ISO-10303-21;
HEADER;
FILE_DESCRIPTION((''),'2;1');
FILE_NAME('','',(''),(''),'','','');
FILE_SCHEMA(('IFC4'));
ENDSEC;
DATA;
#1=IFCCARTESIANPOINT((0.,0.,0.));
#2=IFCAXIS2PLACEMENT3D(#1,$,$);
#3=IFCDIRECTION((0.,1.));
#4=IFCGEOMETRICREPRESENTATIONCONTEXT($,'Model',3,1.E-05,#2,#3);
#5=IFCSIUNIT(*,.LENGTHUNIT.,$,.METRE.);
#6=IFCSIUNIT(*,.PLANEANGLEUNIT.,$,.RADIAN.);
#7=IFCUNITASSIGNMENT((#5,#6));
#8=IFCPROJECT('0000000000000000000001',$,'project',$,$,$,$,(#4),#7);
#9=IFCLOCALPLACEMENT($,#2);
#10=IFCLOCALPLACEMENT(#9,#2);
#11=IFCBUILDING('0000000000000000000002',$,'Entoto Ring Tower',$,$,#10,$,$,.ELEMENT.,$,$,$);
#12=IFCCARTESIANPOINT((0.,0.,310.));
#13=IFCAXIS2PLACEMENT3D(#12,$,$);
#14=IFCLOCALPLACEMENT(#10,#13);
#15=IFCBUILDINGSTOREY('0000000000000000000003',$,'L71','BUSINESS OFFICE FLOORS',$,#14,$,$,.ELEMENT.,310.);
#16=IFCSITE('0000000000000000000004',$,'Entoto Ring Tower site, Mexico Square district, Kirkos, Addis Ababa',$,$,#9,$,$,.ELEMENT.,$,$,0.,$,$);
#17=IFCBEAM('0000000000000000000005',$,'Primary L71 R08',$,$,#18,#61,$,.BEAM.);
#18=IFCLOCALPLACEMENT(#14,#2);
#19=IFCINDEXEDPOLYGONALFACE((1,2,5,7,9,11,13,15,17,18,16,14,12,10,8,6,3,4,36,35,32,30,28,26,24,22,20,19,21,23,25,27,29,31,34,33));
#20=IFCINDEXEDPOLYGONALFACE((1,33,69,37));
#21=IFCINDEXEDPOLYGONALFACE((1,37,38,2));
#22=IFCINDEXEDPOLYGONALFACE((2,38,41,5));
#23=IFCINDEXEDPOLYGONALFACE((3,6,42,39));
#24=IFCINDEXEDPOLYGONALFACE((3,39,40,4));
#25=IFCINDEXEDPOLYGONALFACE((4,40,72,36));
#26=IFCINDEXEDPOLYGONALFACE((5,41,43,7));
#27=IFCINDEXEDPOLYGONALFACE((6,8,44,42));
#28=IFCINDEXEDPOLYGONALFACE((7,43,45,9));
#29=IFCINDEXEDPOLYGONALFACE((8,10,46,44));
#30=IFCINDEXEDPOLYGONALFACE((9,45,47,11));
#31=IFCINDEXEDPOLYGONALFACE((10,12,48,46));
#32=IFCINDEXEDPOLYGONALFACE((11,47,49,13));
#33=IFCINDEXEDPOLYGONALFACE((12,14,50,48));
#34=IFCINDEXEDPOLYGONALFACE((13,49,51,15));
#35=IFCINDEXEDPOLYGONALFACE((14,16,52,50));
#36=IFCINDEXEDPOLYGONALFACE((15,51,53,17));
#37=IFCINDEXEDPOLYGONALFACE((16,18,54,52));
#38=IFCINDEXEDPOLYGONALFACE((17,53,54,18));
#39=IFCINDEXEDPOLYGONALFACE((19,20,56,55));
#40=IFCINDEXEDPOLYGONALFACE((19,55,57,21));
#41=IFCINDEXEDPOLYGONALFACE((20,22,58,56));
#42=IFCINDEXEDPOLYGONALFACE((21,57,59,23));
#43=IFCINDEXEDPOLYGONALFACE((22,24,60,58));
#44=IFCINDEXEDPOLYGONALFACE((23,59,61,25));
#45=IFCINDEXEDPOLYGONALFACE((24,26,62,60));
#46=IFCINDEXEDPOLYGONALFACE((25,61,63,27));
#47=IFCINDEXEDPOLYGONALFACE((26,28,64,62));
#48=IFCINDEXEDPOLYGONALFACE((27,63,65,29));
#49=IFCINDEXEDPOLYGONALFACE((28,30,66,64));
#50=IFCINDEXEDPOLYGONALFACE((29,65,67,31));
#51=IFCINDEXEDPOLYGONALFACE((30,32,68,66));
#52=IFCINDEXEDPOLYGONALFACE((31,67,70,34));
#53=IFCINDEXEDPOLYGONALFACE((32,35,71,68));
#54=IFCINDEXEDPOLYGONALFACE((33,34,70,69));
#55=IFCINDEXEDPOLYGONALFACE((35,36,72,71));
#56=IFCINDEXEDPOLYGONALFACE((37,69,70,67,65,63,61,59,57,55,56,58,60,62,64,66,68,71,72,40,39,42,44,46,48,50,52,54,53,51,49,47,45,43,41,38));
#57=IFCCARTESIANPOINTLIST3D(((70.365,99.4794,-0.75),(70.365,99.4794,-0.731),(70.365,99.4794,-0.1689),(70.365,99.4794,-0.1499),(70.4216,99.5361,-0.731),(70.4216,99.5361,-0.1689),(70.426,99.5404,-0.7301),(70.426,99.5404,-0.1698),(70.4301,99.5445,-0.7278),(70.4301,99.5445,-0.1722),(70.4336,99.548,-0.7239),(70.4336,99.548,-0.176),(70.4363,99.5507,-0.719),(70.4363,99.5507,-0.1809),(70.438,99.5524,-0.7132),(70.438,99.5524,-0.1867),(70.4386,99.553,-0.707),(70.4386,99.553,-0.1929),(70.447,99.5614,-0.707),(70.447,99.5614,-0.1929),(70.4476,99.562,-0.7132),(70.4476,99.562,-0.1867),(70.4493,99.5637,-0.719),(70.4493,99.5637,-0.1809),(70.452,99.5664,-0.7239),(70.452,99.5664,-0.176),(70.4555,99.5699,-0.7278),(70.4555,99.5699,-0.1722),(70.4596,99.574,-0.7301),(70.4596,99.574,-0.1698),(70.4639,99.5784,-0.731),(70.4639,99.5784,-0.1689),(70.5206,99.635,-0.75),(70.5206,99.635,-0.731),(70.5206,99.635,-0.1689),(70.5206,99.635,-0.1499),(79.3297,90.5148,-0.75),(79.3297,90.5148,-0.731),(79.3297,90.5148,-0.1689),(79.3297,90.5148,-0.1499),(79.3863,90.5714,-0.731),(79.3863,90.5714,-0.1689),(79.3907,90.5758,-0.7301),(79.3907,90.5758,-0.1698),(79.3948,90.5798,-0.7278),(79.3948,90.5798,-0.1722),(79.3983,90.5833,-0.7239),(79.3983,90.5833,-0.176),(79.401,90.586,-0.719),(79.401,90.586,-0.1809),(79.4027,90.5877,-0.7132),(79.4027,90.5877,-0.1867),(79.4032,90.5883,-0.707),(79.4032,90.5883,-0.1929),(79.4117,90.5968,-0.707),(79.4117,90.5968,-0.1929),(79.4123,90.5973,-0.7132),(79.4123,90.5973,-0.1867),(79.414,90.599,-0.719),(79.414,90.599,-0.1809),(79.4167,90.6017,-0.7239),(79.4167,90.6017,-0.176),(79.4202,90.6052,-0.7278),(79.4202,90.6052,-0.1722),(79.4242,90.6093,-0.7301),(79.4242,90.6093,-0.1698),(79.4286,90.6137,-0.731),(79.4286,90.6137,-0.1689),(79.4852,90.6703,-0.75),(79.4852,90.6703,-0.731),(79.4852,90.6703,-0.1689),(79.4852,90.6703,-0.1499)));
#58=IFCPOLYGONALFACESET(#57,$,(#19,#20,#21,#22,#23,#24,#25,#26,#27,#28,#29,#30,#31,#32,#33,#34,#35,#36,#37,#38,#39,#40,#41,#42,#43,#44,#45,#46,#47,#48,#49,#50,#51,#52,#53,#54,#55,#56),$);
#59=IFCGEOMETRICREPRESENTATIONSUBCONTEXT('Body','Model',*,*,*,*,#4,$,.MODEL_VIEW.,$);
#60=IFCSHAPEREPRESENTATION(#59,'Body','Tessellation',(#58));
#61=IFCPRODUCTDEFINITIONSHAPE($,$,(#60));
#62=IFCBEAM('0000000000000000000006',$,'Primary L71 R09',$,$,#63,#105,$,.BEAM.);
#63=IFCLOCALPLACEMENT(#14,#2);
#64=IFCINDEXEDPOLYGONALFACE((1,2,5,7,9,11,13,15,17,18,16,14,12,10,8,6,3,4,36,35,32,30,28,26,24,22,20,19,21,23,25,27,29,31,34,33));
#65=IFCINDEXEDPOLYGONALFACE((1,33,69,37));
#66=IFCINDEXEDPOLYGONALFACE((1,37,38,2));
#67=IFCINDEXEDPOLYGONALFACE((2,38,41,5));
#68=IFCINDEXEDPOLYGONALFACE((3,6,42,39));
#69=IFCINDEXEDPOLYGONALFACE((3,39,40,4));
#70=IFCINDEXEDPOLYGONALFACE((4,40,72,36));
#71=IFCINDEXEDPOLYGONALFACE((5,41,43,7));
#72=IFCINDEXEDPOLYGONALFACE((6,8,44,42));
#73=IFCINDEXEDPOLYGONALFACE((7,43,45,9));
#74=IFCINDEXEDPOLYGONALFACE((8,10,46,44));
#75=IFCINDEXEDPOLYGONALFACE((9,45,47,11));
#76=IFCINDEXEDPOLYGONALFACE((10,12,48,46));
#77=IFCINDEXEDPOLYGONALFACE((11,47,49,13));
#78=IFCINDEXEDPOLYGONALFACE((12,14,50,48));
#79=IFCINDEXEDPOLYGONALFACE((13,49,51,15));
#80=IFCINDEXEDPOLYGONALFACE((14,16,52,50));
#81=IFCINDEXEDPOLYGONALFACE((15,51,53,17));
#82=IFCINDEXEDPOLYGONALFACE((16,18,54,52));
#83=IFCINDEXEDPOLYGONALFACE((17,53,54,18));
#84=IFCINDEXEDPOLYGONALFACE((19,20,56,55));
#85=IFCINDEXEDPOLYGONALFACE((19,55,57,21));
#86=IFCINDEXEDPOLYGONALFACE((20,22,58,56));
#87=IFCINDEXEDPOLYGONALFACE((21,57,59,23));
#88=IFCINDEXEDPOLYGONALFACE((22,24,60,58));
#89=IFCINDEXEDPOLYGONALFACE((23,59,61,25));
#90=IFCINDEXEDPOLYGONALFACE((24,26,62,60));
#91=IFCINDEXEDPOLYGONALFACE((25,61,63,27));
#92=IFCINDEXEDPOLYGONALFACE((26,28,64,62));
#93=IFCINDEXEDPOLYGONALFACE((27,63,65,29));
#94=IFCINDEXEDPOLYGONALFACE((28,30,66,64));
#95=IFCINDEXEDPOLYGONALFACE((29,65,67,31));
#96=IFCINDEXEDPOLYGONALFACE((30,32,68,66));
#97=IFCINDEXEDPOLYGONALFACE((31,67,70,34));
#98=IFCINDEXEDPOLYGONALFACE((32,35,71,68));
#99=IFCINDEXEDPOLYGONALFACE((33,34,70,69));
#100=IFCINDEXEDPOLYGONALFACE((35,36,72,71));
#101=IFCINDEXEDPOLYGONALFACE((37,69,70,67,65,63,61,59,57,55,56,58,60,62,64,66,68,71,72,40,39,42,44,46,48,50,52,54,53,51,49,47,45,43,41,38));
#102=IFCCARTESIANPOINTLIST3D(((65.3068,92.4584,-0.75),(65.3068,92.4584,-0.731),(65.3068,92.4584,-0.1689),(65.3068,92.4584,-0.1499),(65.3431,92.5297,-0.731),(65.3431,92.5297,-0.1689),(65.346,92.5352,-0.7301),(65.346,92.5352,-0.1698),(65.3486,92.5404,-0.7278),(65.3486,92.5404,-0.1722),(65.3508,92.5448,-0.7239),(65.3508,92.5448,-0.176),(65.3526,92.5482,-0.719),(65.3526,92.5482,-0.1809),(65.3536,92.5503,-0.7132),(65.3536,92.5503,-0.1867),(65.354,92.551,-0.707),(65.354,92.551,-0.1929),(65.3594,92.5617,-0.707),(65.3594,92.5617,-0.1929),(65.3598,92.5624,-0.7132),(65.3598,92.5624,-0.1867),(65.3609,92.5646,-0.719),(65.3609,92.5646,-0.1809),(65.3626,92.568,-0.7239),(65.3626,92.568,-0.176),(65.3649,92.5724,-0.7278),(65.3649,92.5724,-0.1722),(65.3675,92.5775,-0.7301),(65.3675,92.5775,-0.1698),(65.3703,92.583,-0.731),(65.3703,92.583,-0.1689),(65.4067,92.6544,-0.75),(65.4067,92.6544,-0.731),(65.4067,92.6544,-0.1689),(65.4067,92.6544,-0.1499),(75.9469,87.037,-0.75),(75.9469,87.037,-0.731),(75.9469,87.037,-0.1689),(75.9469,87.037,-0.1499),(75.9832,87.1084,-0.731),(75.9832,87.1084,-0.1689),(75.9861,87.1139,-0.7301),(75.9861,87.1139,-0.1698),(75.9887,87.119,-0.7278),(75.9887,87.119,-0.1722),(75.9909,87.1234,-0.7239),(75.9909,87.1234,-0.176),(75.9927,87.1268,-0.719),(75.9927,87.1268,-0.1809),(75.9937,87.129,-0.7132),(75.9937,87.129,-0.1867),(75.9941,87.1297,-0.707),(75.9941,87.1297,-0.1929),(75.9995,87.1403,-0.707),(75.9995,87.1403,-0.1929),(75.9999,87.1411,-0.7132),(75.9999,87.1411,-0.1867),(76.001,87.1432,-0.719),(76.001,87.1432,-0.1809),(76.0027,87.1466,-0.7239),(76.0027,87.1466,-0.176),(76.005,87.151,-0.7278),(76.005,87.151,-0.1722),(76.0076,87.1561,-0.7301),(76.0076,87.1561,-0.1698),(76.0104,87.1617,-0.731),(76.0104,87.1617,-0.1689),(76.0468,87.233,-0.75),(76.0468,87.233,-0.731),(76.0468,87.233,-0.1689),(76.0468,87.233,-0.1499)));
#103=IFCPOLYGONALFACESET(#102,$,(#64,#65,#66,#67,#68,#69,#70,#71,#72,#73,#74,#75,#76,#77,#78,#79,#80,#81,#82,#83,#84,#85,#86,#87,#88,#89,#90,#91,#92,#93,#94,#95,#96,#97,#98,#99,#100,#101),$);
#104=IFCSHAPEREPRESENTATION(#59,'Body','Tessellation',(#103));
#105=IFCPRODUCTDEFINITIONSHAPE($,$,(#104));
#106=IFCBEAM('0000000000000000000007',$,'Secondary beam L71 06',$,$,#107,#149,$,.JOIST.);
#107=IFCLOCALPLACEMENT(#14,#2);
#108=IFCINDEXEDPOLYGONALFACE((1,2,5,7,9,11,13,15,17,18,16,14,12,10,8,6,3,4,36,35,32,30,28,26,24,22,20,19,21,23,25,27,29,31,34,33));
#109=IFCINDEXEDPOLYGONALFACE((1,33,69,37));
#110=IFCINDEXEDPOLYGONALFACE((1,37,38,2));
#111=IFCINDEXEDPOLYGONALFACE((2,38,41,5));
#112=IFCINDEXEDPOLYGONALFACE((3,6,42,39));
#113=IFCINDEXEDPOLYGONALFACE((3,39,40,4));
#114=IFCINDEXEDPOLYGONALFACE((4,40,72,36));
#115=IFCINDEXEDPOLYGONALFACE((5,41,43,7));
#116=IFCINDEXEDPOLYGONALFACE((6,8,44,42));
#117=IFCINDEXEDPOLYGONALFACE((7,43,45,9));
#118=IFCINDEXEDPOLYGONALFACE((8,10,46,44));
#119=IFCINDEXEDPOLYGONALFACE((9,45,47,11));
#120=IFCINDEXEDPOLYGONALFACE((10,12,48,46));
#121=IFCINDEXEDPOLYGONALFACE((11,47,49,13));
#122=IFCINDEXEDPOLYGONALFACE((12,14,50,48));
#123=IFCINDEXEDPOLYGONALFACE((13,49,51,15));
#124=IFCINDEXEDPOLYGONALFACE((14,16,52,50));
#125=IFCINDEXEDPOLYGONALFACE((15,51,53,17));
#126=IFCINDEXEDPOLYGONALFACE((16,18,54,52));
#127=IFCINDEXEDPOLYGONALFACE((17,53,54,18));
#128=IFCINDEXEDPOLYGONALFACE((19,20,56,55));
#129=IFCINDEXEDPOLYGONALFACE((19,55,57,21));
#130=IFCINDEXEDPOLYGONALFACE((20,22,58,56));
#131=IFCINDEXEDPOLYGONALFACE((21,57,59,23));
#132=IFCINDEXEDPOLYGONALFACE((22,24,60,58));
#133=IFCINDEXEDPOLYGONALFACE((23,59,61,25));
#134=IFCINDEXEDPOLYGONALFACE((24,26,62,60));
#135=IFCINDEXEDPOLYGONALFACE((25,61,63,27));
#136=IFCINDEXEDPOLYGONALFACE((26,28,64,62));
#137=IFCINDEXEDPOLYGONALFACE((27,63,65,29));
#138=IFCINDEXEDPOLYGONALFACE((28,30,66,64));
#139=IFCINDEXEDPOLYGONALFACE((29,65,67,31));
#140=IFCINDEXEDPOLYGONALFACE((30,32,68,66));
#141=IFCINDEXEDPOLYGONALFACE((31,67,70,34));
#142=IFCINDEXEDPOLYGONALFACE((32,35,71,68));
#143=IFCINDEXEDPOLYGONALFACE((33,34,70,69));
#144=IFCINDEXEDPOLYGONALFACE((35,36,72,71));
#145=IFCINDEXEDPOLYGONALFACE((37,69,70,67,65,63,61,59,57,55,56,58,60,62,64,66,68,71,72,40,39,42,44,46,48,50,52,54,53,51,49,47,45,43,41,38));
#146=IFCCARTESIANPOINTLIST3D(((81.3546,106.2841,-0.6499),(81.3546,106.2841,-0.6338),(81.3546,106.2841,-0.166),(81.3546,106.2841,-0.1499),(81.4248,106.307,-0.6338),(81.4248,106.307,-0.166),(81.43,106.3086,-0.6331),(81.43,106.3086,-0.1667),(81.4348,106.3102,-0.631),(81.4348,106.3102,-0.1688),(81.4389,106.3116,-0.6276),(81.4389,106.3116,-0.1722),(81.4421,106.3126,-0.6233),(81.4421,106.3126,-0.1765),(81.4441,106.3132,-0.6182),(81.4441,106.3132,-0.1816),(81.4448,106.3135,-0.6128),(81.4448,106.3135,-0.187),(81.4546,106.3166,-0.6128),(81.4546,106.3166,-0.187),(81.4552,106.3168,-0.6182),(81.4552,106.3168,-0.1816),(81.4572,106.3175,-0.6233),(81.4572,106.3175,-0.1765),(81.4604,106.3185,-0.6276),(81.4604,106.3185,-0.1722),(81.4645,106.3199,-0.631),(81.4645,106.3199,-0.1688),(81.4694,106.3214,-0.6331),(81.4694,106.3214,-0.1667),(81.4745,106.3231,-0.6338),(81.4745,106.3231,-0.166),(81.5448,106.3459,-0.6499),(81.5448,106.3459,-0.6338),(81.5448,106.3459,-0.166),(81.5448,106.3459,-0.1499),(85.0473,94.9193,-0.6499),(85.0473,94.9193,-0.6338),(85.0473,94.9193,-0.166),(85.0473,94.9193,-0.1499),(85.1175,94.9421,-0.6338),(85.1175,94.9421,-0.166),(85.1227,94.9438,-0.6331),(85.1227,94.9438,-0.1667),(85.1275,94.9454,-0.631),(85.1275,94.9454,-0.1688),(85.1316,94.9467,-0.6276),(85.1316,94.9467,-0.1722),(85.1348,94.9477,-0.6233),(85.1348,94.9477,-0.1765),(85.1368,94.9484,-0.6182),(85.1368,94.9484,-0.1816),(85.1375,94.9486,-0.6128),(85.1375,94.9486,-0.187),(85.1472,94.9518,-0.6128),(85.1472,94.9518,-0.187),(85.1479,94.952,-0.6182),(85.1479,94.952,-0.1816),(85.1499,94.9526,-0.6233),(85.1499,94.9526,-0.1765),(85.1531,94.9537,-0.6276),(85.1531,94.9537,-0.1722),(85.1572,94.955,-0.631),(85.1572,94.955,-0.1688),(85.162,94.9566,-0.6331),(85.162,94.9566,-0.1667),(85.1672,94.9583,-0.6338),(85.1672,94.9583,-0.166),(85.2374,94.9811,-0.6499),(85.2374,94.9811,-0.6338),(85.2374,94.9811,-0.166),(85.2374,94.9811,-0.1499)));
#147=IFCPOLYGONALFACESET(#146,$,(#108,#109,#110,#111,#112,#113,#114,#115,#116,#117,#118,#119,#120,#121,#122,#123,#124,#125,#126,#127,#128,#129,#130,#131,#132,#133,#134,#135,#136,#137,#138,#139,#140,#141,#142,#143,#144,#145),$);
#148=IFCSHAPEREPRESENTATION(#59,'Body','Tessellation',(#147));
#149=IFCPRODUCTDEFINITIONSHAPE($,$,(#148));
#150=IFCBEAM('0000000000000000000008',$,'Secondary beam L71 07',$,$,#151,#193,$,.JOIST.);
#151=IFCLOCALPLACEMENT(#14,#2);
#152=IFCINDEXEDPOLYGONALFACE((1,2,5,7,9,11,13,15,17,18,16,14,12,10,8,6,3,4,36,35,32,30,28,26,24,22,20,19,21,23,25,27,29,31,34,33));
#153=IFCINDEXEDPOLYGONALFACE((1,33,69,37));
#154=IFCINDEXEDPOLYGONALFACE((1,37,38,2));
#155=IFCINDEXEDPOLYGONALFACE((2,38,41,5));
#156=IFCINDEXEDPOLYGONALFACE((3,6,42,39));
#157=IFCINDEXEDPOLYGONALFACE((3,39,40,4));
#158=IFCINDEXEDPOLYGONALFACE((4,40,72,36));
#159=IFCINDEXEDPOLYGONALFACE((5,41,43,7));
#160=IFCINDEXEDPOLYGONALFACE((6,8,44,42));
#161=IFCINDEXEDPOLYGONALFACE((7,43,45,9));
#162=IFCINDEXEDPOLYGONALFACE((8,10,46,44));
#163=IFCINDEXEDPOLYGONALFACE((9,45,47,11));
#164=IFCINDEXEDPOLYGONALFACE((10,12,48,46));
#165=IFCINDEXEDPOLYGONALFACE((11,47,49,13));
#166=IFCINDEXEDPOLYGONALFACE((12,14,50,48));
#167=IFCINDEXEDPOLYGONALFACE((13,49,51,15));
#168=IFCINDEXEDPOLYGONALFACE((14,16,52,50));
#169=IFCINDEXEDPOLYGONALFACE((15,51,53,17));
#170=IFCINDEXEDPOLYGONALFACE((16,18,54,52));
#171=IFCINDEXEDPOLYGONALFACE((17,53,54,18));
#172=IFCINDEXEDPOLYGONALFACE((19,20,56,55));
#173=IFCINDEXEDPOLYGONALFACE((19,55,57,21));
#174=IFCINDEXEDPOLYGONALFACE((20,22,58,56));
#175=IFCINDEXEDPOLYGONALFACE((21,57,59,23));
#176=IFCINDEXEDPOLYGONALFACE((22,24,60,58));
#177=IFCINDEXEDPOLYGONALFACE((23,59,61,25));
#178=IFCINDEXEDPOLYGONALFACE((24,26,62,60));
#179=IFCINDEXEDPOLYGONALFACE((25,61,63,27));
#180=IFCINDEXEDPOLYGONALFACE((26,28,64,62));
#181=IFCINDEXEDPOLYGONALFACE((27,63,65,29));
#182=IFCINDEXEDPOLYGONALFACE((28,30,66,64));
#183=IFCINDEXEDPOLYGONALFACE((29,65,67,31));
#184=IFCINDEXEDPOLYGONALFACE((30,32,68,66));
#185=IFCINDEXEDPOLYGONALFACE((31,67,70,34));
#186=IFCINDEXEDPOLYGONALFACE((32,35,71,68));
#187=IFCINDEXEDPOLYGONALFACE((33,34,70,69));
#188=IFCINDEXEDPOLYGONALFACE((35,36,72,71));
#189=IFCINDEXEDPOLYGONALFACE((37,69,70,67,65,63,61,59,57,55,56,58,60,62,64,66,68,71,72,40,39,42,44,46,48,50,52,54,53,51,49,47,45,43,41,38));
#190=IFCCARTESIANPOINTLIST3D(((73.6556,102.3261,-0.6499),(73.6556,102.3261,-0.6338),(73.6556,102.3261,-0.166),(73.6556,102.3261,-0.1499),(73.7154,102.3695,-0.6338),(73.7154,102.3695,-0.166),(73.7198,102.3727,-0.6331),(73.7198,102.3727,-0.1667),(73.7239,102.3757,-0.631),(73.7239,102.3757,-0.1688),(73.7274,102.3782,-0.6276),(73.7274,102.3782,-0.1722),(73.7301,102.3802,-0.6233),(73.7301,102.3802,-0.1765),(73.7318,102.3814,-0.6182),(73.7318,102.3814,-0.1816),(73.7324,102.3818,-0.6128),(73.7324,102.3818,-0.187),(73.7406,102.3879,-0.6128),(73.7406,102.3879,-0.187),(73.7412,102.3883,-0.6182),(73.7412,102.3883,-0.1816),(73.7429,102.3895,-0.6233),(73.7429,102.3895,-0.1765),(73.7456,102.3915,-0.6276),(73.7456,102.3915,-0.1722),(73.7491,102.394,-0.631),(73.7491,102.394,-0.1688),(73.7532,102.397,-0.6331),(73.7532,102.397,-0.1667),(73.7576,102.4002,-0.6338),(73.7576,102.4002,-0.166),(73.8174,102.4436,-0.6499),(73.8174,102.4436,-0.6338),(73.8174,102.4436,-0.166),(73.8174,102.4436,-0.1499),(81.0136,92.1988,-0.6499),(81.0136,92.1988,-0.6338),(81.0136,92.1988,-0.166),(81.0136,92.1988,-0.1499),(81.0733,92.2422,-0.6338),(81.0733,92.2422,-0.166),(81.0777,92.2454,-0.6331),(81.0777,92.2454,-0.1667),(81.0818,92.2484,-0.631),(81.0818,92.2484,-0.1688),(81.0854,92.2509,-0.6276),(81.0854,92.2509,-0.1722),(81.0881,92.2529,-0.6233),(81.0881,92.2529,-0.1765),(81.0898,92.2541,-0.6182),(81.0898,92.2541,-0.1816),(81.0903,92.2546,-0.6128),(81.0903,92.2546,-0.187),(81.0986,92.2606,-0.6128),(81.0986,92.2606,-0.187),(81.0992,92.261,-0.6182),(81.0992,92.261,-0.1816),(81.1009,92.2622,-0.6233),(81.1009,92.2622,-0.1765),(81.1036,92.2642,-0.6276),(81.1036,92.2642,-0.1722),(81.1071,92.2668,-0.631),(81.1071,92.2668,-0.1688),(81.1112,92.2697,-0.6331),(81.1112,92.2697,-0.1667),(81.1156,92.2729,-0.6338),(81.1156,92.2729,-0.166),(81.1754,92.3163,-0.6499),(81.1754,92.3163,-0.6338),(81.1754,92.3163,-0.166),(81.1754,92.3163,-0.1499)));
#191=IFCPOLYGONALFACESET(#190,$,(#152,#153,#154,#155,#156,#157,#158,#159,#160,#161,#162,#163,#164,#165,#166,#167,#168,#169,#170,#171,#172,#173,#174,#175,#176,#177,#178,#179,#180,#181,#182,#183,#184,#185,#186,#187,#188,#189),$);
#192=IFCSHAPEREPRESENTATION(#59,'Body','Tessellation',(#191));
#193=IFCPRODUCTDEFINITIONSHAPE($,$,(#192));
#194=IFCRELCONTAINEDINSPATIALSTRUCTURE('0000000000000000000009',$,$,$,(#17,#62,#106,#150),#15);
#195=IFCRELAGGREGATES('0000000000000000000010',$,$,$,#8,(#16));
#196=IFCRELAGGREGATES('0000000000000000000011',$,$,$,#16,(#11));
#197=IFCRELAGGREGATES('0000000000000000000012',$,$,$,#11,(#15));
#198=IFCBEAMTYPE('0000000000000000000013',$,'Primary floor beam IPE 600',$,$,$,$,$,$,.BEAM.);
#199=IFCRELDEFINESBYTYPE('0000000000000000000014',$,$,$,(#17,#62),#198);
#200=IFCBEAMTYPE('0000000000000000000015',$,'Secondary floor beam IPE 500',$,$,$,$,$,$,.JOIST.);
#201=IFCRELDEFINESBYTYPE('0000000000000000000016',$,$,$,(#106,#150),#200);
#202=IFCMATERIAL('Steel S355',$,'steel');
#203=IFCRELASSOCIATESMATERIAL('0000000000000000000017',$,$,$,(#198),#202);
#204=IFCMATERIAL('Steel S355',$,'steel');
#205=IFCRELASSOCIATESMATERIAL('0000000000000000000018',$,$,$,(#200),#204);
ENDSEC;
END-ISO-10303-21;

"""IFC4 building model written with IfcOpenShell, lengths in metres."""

from ifc_helpers import new_model, si_unit, direction, frame, origin, origin_2d, place, context, subcontext, project, spatial, i_section, extrude, material, material_profile, profile_set, type_object, element, save


model = new_model("IFC4")

# Units and contexts
model_context = context("Model", 3, precision=1e-05, world=origin(), true_north=direction((0.0, 1.0)))
body_context = subcontext(model_context, "Body", "Model", "MODEL_VIEW")
ifc_project = project(units=[si_unit("LENGTHUNIT", "METRE"), si_unit("PLANEANGLEUNIT", "RADIAN")], contexts=[model_context])

# Site, building, storey
site_placement = place(None, origin())
site = spatial("IfcSite", under=ifc_project, at=site_placement, Name="Entoto Ring Tower site, Mexico Square district, Kirkos, Addis Ababa", CompositionType="ELEMENT", RefElevation=0.0)
building_placement = place(site_placement, origin())
building = spatial("IfcBuilding", under=site, at=building_placement, Name="Entoto Ring Tower", CompositionType="ELEMENT")
storey_placement = place(building_placement, frame((0.0, 0.0, 310.0)))
storey = spatial("IfcBuildingStorey", under=building, at=storey_placement, Name="L71", Description="BUSINESS OFFICE FLOORS", CompositionType="ELEMENT", Elevation=310.0)

# Beams
ifc_material_1 = material(Name="Steel S355", Category="steel")
ifc_material_profile_1 = material_profile(ifc_material_1, i_section(OverallWidth=0.22, OverallDepth=0.6001, WebThickness=0.012, FlangeThickness=0.019, FilletRadius=0.0239, at=origin_2d()), Name="IPE 600")
ifc_profile_set_1 = profile_set([ifc_material_profile_1], Name="Steel S355")
beam_type_1 = type_object("IfcBeamType", Name="Primary floor beam IPE 600", PredefinedType="BEAM", material=ifc_profile_set_1)
beam_1_placement = place(storey_placement, frame((79.4075, 90.5925, -0.45), z_axis=(-0.707107, 0.707107, 0.0), x_axis=(-0.707107, -0.707107, 0.0)))
element("IfcBeam", 1, at=beam_1_placement, inside=storey, type_object=beam_type_1, Name="Primary L71 R08", PredefinedType="BEAM", context=body_context, shape_type="SweptSolid", body=[
    extrude(i_section(OverallWidth=0.22, OverallDepth=0.6001, WebThickness=0.012, FlangeThickness=0.019, FilletRadius=0.0239, at=origin_2d()), origin(), (0.0, 0.0, 1.0), 12.678),
])
beam_2_placement = place(storey_placement, frame((75.9968, 87.135, -0.45), z_axis=(-0.891008, 0.453988, 0.0), x_axis=(-0.453988, -0.891008, 0.0)))
element("IfcBeam", 2, at=beam_2_placement, inside=storey, type_object=beam_type_1, Name="Primary L71 R09", PredefinedType="BEAM", context=body_context, shape_type="SweptSolid", body=[
    extrude(i_section(OverallWidth=0.22, OverallDepth=0.6001, WebThickness=0.012, FlangeThickness=0.019, FilletRadius=0.0239, at=origin_2d()), origin(), (0.0, 0.0, 1.0), 11.9417),
])
ifc_material_2 = material(Name="Steel S355", Category="steel")
ifc_material_profile_2 = material_profile(ifc_material_2, i_section(OverallWidth=0.2, OverallDepth=0.5, WebThickness=0.0103, FlangeThickness=0.0161, FilletRadius=0.021, at=origin_2d()), Name="IPE 500")
ifc_profile_set_2 = profile_set([ifc_material_profile_2], Name="Steel S355")
beam_type_2 = type_object("IfcBeamType", Name="Secondary floor beam IPE 500", PredefinedType="JOIST", material=ifc_profile_set_2)
beam_3_placement = place(storey_placement, frame((85.1423, 94.9502, -0.3999), z_axis=(-0.309017, 0.951057, 0.0), x_axis=(-0.951057, -0.309017, 0.0)))
element("IfcBeam", 3, at=beam_3_placement, inside=storey, type_object=beam_type_2, Name="Secondary beam L71 06", PredefinedType="JOIST", context=body_context, shape_type="SweptSolid", body=[
    extrude(i_section(OverallWidth=0.2, OverallDepth=0.5, WebThickness=0.0103, FlangeThickness=0.0161, FilletRadius=0.021, at=origin_2d()), origin(), (0.0, 0.0, 1.0), 11.9497),
])
for number, where, z_axis, x_axis, name in (
    (4, (81.0945, 92.2576, -0.3999), (-0.587789, 0.809014, 0.0), (-0.809014, -0.587789, 0.0), "Secondary beam L71 07"),
):
    element("IfcBeam", number, at=place(storey_placement, frame(where, z_axis=z_axis, x_axis=x_axis)), inside=storey, type_object=beam_type_2, Name=name, PredefinedType="JOIST", context=body_context, shape_type="SweptSolid", body=[
        extrude(i_section(OverallWidth=0.2, OverallDepth=0.5, WebThickness=0.0103, FlangeThickness=0.0161, FilletRadius=0.021, at=origin_2d()), origin(), (0.0, 0.0, 1.0), 12.5181),
    ])

save(model, "model.ifc")
